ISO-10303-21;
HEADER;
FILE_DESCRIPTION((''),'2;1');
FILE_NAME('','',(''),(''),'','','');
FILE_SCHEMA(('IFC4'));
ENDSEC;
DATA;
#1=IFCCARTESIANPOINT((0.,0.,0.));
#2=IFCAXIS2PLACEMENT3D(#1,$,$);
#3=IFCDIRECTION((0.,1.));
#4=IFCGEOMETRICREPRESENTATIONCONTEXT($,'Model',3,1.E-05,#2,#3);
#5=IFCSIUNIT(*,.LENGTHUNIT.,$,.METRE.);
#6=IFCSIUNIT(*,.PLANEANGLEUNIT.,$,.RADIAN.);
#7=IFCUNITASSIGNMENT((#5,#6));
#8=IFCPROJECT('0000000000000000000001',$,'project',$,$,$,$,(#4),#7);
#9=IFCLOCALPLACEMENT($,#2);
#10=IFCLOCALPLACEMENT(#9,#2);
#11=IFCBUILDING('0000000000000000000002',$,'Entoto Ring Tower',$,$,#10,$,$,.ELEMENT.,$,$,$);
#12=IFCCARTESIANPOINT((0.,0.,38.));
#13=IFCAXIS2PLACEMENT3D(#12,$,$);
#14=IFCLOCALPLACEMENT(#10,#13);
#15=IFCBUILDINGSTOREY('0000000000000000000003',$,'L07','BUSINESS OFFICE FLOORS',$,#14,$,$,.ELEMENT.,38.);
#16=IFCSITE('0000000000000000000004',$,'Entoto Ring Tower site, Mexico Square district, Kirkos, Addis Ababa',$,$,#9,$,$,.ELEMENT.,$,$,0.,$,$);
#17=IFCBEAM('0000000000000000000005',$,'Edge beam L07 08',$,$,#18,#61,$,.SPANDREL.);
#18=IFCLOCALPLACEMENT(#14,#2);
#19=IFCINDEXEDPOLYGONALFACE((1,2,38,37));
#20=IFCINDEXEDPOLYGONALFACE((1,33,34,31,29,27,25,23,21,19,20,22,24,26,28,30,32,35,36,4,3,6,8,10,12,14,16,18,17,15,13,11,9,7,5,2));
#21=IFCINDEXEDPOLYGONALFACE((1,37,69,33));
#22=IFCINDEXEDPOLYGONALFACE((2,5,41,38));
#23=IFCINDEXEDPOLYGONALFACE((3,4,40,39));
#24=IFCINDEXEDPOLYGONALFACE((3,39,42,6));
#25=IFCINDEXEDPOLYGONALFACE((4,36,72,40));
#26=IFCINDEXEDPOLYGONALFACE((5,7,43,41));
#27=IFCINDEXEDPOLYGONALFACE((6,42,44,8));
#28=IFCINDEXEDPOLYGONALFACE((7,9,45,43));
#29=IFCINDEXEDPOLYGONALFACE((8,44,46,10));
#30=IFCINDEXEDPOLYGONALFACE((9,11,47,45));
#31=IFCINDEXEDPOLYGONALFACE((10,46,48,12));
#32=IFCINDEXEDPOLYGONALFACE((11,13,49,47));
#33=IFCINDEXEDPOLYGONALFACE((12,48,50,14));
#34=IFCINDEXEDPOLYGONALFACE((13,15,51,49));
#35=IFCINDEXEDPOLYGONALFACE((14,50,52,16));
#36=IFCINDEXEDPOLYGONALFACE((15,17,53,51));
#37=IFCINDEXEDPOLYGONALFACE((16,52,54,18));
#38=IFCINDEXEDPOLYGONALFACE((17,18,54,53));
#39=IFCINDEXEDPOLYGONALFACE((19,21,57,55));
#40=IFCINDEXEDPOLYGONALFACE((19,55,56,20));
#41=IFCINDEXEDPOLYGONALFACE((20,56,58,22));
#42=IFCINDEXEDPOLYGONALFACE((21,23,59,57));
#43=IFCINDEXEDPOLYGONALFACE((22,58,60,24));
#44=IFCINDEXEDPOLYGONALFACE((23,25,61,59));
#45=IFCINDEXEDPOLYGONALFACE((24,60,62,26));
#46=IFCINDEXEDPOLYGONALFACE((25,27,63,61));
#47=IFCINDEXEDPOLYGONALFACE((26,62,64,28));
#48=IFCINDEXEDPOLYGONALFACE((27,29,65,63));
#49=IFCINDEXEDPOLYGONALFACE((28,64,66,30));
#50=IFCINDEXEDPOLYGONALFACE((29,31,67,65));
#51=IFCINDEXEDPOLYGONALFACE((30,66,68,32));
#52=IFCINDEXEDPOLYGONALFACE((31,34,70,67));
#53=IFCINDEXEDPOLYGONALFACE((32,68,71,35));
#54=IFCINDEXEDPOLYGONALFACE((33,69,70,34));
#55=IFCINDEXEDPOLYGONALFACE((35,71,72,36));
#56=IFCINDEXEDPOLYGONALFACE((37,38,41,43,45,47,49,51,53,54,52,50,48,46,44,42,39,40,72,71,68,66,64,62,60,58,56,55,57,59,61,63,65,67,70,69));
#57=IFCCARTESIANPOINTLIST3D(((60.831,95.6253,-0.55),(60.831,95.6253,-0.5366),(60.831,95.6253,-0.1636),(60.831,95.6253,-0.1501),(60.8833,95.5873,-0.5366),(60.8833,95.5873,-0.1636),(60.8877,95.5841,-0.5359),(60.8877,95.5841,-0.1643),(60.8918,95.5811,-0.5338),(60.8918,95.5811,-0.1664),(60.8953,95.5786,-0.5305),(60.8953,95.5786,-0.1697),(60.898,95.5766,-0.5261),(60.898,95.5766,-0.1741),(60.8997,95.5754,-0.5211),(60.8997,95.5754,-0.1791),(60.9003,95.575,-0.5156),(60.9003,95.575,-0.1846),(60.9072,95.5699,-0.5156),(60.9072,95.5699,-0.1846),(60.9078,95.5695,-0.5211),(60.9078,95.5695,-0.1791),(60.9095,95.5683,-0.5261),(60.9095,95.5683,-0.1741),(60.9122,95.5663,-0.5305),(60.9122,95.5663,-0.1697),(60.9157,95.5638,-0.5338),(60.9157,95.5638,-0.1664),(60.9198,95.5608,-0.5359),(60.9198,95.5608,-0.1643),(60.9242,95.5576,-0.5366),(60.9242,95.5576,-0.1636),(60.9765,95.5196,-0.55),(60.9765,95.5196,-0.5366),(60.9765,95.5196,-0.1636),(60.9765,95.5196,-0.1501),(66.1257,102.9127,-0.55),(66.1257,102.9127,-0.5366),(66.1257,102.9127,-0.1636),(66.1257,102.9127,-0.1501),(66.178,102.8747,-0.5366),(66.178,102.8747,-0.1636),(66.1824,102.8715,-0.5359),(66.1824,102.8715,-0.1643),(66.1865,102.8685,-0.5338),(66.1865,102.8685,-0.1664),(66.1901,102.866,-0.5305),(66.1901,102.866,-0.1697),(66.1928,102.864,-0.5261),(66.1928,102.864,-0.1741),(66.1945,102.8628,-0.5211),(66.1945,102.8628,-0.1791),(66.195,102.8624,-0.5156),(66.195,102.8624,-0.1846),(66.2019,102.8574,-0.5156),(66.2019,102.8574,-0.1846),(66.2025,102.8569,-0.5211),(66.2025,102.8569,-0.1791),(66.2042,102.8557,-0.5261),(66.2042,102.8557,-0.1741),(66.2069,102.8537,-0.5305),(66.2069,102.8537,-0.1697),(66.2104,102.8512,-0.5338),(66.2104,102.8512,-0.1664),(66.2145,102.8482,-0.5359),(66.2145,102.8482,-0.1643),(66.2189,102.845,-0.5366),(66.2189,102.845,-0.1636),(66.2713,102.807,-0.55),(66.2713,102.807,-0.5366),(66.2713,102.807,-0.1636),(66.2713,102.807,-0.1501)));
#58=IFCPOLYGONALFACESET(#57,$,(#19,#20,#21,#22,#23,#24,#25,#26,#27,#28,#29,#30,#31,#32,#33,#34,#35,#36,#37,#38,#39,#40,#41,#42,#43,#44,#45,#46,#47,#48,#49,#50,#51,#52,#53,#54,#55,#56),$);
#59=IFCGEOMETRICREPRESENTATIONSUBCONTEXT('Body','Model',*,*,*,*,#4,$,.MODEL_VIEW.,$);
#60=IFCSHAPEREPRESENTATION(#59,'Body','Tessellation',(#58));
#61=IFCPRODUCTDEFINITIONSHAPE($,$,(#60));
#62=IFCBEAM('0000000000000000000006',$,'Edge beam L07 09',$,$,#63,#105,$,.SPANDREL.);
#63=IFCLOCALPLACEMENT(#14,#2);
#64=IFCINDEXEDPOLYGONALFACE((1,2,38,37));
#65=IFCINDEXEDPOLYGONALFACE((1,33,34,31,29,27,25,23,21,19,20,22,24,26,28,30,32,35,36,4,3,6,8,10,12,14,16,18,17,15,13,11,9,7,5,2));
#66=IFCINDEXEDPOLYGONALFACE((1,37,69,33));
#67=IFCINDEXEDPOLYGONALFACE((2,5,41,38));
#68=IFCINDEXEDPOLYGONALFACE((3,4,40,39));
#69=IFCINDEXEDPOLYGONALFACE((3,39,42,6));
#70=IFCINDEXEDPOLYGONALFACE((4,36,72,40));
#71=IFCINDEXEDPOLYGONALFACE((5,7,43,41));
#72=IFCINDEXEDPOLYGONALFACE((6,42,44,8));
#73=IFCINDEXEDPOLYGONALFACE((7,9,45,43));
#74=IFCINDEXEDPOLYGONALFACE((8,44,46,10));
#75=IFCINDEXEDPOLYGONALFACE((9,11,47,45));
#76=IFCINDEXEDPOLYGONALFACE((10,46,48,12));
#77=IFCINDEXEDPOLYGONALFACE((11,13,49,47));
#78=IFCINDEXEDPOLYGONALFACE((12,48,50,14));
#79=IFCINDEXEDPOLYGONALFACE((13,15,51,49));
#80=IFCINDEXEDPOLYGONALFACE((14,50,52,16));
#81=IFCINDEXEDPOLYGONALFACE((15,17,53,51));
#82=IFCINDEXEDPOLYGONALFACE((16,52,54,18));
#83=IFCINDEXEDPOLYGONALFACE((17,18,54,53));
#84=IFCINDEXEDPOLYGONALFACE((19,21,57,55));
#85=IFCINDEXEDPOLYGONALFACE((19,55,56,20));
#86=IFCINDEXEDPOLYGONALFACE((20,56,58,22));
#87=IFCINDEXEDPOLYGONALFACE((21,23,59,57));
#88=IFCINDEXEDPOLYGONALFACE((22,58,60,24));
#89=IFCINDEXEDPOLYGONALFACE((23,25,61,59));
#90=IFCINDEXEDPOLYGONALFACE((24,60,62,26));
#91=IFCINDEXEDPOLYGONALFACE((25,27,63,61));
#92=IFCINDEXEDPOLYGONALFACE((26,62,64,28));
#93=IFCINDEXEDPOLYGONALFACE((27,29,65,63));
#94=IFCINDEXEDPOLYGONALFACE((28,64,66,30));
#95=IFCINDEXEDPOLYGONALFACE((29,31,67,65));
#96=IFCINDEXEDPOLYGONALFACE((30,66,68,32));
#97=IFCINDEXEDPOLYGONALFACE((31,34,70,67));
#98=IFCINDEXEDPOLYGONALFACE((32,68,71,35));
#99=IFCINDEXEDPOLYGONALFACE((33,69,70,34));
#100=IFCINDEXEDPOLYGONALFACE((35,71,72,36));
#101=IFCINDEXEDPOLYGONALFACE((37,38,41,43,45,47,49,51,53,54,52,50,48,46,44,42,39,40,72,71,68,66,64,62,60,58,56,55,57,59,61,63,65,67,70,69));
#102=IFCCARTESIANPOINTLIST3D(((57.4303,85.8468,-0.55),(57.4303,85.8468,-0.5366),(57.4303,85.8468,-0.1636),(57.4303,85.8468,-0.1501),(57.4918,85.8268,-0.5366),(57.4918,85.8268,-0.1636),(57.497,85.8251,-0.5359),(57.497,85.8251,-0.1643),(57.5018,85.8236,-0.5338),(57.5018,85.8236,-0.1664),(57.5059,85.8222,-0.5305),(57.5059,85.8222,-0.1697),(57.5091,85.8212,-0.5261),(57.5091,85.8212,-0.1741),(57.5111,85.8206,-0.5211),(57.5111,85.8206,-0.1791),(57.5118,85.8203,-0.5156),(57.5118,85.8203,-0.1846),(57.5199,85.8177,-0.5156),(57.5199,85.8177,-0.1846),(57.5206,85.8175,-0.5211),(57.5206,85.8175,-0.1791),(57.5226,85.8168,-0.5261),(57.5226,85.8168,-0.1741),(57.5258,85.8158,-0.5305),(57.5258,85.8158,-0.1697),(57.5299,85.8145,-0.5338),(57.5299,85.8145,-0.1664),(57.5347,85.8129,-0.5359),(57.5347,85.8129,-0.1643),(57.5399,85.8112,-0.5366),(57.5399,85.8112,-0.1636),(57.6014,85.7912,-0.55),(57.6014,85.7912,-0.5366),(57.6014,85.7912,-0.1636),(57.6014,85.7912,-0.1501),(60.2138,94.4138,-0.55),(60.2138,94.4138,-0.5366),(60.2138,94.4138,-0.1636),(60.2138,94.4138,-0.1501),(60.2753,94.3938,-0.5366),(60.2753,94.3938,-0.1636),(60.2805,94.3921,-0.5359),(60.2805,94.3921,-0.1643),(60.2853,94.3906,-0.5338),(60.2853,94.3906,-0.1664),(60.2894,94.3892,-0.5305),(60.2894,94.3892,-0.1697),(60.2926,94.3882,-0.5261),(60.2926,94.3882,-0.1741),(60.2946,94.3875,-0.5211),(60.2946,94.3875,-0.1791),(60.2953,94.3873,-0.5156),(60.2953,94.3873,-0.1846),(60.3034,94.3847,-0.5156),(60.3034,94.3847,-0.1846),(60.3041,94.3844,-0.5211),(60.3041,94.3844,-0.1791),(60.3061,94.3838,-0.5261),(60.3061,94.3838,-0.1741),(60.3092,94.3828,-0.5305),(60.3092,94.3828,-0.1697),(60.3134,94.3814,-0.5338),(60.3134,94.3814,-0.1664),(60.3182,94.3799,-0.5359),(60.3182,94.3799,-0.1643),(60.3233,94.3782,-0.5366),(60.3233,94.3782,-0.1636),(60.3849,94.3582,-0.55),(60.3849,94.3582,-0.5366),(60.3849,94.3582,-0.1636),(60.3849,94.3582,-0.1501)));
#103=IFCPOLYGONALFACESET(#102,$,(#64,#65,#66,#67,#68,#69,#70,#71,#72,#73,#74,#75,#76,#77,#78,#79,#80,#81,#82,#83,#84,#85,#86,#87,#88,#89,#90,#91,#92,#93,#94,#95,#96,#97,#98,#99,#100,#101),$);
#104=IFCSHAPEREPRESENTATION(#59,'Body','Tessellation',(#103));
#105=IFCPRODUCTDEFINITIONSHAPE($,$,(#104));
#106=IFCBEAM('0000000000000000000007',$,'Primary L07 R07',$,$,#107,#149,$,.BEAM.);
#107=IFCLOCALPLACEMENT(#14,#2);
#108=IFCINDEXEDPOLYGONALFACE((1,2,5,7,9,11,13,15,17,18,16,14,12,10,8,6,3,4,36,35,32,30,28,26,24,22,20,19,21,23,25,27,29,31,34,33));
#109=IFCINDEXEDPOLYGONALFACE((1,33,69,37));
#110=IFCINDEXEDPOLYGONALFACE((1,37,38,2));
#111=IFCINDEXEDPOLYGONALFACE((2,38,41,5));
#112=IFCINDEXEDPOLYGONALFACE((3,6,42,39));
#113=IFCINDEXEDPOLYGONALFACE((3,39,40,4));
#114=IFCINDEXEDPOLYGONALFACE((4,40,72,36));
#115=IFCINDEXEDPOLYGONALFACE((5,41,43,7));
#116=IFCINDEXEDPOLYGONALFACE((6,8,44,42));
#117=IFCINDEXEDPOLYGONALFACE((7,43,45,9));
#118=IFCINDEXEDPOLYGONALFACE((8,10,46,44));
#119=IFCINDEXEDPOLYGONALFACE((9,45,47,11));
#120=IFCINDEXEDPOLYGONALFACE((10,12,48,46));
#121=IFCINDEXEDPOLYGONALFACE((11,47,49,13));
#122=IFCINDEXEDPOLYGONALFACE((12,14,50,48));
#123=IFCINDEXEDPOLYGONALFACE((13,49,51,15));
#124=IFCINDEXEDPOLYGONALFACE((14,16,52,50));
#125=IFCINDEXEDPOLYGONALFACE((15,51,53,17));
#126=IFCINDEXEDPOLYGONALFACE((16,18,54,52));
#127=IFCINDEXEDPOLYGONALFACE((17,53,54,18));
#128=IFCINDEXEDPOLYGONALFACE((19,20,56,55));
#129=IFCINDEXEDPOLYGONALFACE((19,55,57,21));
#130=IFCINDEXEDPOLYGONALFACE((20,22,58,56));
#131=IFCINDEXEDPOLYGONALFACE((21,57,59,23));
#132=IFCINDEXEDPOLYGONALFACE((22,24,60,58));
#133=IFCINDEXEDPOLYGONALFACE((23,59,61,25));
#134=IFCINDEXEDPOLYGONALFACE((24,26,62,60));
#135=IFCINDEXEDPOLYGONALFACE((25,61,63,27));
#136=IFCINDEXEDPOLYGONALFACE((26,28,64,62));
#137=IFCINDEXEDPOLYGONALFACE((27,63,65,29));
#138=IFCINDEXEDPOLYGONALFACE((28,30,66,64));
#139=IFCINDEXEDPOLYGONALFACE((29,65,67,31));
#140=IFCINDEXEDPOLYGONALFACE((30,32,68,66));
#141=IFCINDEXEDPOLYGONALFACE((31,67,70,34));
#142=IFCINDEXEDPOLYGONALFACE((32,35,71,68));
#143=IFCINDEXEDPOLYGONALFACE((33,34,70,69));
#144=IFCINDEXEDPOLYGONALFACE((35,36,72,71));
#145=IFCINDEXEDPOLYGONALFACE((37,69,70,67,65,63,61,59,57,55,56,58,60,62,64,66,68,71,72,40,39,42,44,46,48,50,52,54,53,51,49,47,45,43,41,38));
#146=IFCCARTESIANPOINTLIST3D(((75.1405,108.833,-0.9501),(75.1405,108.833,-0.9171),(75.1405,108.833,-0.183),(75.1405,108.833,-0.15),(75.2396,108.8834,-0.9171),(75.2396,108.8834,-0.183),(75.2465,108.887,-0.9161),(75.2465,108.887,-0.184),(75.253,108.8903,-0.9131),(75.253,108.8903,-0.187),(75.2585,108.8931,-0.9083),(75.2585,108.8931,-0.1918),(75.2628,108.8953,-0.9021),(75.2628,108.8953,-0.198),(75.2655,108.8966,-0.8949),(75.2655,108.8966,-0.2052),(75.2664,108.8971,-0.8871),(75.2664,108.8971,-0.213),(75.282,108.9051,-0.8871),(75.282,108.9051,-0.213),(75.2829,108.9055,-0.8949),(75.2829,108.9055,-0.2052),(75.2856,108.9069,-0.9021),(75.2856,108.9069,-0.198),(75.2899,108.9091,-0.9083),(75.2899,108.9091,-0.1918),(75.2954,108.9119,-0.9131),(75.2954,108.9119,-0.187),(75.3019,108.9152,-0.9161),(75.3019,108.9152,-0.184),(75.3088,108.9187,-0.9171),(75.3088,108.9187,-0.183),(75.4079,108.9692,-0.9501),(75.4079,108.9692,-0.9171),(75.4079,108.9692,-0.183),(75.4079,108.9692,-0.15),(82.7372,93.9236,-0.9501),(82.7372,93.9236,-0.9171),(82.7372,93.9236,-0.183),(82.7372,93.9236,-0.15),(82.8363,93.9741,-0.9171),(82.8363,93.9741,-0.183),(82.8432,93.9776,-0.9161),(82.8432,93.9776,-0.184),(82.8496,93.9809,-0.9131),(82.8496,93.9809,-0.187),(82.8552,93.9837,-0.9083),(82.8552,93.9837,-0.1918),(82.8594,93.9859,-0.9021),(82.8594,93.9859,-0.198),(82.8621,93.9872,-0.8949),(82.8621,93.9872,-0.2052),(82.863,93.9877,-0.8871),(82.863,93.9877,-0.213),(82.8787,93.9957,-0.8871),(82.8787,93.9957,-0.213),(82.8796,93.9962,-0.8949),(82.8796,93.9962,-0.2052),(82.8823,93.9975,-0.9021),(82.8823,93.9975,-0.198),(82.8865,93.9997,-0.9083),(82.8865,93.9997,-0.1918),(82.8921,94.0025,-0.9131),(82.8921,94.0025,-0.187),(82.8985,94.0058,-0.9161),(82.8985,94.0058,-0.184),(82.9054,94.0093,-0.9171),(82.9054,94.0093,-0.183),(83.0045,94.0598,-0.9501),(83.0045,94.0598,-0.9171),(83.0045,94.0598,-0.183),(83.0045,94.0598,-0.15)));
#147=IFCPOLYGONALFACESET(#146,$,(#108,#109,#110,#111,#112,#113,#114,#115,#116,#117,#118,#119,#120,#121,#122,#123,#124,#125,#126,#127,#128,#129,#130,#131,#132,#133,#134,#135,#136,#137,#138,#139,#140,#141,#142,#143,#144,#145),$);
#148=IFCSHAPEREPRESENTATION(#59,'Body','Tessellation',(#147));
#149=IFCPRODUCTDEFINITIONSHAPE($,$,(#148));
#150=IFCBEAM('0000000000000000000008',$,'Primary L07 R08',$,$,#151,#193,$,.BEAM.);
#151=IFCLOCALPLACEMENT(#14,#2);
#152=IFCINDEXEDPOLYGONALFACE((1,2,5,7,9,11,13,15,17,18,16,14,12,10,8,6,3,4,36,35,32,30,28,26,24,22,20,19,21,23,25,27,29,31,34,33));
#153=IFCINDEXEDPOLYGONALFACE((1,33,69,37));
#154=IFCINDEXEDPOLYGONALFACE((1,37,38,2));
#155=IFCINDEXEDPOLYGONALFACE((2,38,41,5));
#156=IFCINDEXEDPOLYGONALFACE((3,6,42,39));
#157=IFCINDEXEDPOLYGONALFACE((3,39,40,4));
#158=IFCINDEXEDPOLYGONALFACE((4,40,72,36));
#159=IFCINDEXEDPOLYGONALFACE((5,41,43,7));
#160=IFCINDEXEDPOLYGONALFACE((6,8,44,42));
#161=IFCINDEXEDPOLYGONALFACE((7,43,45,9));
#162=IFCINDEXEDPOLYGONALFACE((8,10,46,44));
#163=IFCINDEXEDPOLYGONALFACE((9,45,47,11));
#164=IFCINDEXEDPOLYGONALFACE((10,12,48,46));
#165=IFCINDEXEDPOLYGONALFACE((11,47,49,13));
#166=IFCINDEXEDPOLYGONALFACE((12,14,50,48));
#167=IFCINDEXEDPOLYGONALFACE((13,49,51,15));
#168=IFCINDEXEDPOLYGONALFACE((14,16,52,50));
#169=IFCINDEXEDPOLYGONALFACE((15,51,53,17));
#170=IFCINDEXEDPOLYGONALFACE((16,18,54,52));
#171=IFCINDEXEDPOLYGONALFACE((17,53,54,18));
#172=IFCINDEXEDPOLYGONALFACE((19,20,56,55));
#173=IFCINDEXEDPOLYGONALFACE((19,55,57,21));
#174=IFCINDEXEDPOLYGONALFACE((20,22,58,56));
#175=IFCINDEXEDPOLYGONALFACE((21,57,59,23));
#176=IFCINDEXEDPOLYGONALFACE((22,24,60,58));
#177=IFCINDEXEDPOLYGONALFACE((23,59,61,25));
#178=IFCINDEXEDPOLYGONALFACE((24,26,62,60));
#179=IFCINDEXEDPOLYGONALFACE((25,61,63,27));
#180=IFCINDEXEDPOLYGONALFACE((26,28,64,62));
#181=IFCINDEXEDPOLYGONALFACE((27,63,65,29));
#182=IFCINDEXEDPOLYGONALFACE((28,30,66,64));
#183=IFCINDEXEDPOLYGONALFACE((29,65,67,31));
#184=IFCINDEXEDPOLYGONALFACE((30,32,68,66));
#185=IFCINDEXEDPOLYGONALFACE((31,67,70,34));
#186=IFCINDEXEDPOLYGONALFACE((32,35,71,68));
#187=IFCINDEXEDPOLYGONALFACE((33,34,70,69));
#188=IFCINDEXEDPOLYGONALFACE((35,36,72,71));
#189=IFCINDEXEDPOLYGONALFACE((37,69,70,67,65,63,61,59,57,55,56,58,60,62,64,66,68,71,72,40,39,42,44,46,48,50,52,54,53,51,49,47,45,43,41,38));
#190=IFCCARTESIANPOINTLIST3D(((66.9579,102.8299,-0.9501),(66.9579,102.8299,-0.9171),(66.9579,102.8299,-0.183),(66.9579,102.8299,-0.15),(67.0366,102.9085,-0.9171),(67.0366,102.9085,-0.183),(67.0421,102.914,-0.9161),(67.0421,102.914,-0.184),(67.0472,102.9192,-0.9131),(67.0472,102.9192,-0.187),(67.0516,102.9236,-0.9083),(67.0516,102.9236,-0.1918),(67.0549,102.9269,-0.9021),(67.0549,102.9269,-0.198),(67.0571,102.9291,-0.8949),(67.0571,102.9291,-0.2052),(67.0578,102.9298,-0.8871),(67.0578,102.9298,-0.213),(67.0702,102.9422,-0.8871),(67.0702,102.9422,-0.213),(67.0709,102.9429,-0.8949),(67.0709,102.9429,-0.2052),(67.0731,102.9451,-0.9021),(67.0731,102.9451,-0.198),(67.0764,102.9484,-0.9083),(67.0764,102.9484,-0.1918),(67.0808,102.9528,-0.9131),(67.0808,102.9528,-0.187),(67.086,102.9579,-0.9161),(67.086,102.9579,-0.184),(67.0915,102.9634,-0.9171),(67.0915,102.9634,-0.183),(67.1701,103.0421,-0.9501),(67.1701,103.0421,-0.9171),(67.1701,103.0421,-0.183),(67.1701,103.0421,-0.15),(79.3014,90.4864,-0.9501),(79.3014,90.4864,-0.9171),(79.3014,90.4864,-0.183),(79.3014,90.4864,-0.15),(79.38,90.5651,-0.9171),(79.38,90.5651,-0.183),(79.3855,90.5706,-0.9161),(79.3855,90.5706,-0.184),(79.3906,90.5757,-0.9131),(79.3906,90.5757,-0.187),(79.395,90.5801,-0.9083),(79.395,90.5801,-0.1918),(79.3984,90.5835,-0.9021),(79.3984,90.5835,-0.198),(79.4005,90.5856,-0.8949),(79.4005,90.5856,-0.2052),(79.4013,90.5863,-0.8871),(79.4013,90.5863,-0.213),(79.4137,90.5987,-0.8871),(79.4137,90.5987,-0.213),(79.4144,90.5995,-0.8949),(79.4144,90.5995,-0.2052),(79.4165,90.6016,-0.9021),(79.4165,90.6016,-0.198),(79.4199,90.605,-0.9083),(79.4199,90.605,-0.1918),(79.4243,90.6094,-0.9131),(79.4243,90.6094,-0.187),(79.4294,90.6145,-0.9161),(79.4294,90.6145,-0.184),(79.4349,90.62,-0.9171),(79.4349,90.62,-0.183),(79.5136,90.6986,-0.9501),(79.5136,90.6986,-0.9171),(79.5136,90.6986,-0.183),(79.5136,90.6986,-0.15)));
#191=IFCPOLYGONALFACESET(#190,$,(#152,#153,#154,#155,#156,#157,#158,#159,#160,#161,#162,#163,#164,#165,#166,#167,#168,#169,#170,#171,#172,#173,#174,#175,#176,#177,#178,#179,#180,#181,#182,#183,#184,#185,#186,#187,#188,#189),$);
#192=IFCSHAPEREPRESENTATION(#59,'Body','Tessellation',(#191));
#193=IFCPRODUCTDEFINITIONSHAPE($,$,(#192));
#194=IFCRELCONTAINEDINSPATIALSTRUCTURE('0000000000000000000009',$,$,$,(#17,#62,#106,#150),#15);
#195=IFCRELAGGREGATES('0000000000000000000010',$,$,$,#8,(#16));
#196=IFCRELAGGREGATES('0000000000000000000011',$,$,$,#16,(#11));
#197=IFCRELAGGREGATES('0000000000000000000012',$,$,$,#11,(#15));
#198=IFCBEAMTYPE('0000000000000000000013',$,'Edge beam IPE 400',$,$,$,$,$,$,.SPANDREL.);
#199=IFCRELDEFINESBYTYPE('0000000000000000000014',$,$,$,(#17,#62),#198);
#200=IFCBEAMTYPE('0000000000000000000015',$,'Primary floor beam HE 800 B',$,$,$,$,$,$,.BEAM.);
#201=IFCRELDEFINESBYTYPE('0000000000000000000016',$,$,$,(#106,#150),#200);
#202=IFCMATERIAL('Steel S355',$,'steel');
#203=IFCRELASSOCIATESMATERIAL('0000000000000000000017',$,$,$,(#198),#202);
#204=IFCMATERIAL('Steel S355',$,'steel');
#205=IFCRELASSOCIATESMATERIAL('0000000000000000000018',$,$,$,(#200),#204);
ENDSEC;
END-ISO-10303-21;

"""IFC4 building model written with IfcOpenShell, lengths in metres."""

from ifc_helpers import new_model, si_unit, direction, frame, origin, origin_2d, place, context, subcontext, project, spatial, i_section, extrude, material, material_profile, profile_set, type_object, element, save


model = new_model("IFC4")

# Units and contexts
model_context = context("Model", 3, precision=1e-05, world=origin(), true_north=direction((0.0, 1.0)))
body_context = subcontext(model_context, "Body", "Model", "MODEL_VIEW")
ifc_project = project(units=[si_unit("LENGTHUNIT", "METRE"), si_unit("PLANEANGLEUNIT", "RADIAN")], contexts=[model_context])

# Site, building, storey
site_placement = place(None, origin())
site = spatial("IfcSite", under=ifc_project, at=site_placement, Name="Entoto Ring Tower site, Mexico Square district, Kirkos, Addis Ababa", CompositionType="ELEMENT", RefElevation=0.0)
building_placement = place(site_placement, origin())
building = spatial("IfcBuilding", under=site, at=building_placement, Name="Entoto Ring Tower", CompositionType="ELEMENT")
storey_placement = place(building_placement, frame((0.0, 0.0, 38.0)))
storey = spatial("IfcBuildingStorey", under=building, at=storey_placement, Name="L07", Description="BUSINESS OFFICE FLOORS", CompositionType="ELEMENT", Elevation=38.0)

# Beams
ifc_material_1 = material(Name="Steel S355", Category="steel")
ifc_material_profile_1 = material_profile(ifc_material_1, i_section(OverallWidth=0.1799, OverallDepth=0.3999, WebThickness=0.0085, FlangeThickness=0.0134, FilletRadius=0.021, at=origin_2d()), Name="IPE 400")
ifc_profile_set_1 = profile_set([ifc_material_profile_1], Name="Steel S355")
beam_type_1 = type_object("IfcBeamType", Name="Edge beam IPE 400", PredefinedType="SPANDREL", material=ifc_profile_set_1)
for number, where, z_axis, x_axis, name in (
    (1, (66.1985, 102.8599, -0.3501), (-0.587793, -0.809011, 0.0), (0.809011, -0.587793, 0.0), "Edge beam L07 08"),
    (2, (60.2993, 94.386, -0.3501), (-0.309006, -0.95106, 0.0), (0.95106, -0.309006, 0.0), "Edge beam L07 09"),
):
    element("IfcBeam", number, at=place(storey_placement, frame(where, z_axis=z_axis, x_axis=x_axis)), inside=storey, type_object=beam_type_1, Name=name, PredefinedType="SPANDREL", context=body_context, shape_type="SweptSolid", body=[
        extrude(i_section(OverallWidth=0.1799, OverallDepth=0.3999, WebThickness=0.0085, FlangeThickness=0.0134, FilletRadius=0.021, at=origin_2d()), origin(), (0.0, 0.0, 1.0), 9.0078),
    ])
ifc_material_2 = material(Name="Steel S355", Category="steel")
ifc_material_profile_2 = material_profile(ifc_material_2, i_section(OverallWidth=0.3, OverallDepth=0.8, WebThickness=0.0176, FlangeThickness=0.033, FilletRadius=0.03, at=origin_2d()), Name="HE 800 B")
ifc_profile_set_2 = profile_set([ifc_material_profile_2], Name="Steel S355")
beam_type_2 = type_object("IfcBeamType", Name="Primary floor beam HE 800 B", PredefinedType="BEAM", material=ifc_profile_set_2)
beam_1_placement = place(storey_placement, frame((82.8708, 93.9917, -0.55), z_axis=(-0.453988, 0.891008, 0.0), x_axis=(-0.891008, -0.453988, 0.0)))
element("IfcBeam", 3, at=beam_1_placement, inside=storey, type_object=beam_type_2, Name="Primary L07 R07", PredefinedType="BEAM", context=body_context, shape_type="SweptSolid", body=[
    extrude(i_section(OverallWidth=0.3, OverallDepth=0.8, WebThickness=0.0176, FlangeThickness=0.033, FilletRadius=0.03, at=origin_2d()), origin(), (0.0, 0.0, 1.0), 16.7332),
])
beam_2_placement = place(storey_placement, frame((79.4075, 90.5925, -0.55), z_axis=(-0.707107, 0.707107, 0.0), x_axis=(-0.707107, -0.707107, 0.0)))
element("IfcBeam", 4, at=beam_2_placement, inside=storey, type_object=beam_type_2, Name="Primary L07 R08", PredefinedType="BEAM", context=body_context, shape_type="SweptSolid", body=[
    extrude(i_section(OverallWidth=0.3, OverallDepth=0.8, WebThickness=0.0176, FlangeThickness=0.033, FilletRadius=0.03, at=origin_2d()), origin(), (0.0, 0.0, 1.0), 17.4563),
])

save(model, "model.ifc")
